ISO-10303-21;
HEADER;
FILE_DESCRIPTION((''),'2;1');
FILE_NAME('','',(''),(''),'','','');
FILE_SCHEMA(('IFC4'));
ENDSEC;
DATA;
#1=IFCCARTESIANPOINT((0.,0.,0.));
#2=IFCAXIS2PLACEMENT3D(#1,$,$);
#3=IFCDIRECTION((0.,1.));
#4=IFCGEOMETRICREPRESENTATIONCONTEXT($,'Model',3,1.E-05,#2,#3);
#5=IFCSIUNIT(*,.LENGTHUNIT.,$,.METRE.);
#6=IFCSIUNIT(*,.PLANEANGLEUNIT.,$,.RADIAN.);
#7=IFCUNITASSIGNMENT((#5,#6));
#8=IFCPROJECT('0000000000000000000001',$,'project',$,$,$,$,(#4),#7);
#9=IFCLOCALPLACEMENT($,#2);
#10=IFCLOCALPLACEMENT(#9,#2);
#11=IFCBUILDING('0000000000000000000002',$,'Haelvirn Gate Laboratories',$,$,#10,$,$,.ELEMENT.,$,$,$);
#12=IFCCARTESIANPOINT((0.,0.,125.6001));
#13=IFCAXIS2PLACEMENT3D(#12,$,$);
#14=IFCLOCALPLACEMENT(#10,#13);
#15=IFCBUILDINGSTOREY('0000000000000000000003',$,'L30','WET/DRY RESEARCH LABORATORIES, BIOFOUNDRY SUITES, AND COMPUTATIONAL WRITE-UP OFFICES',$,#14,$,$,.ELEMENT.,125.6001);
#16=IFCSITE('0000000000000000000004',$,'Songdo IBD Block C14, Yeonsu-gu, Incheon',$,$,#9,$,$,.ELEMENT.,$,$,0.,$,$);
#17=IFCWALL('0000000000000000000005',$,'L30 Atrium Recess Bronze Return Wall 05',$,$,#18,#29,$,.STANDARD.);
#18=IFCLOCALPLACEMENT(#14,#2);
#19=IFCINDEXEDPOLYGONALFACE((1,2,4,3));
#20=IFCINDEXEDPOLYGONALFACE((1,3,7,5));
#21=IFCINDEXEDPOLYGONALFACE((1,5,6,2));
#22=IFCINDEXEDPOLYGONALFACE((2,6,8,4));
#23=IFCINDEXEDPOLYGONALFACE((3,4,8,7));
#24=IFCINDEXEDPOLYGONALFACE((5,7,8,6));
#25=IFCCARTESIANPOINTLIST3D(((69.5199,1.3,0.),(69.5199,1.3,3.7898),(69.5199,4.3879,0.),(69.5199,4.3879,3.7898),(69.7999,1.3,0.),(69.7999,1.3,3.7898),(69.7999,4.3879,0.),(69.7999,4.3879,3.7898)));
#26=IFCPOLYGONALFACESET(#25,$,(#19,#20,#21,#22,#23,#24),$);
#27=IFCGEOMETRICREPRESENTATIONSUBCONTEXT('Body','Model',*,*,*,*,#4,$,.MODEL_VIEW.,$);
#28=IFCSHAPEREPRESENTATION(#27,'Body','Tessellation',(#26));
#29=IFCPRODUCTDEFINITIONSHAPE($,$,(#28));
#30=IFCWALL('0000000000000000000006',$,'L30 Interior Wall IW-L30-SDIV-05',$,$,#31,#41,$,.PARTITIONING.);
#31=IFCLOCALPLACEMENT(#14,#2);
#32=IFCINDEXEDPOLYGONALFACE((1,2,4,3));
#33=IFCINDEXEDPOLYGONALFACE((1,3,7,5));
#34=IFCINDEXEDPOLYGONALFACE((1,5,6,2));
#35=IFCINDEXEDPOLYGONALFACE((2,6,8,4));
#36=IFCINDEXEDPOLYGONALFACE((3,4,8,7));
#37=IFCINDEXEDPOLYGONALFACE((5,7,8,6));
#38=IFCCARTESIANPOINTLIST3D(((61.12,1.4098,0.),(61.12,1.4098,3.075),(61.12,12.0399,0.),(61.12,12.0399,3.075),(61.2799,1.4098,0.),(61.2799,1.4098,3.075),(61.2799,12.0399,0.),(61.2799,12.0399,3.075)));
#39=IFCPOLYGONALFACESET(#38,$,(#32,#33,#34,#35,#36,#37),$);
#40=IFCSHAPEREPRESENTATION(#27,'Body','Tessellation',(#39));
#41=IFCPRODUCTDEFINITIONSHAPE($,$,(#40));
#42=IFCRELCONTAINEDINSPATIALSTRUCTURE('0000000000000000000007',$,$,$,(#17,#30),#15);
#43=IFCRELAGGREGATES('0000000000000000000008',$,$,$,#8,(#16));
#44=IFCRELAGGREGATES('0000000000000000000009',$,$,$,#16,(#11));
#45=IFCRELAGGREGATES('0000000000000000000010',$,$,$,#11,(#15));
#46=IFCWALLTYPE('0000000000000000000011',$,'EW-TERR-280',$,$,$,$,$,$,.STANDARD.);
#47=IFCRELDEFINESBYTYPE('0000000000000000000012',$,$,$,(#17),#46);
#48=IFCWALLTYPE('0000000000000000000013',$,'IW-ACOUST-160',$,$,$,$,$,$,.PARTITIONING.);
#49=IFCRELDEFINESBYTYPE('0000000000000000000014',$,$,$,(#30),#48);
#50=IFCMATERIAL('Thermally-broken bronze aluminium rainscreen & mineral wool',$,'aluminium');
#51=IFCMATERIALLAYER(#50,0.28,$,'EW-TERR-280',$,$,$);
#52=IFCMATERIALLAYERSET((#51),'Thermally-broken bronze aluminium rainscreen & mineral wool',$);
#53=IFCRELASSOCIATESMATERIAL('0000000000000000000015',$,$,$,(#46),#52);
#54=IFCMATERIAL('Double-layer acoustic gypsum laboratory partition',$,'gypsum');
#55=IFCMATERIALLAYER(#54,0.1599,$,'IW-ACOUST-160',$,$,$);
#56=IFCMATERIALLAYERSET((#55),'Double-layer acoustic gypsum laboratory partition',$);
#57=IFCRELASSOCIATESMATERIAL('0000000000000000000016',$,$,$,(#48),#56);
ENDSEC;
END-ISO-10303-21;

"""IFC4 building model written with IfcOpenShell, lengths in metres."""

from ifc_helpers import new_model, si_unit, direction, frame, frame_2d, origin, place, context, subcontext, project, spatial, rectangle, extrude, material, layer, layer_set, type_object, element, save


model = new_model("IFC4")

# Units and contexts
model_context = context("Model", 3, precision=1e-05, world=origin(), true_north=direction((0.0, 1.0)))
body_context = subcontext(model_context, "Body", "Model", "MODEL_VIEW")
ifc_project = project(units=[si_unit("LENGTHUNIT", "METRE"), si_unit("PLANEANGLEUNIT", "RADIAN")], contexts=[model_context])

# Site, building, storey
site_placement = place(None, origin())
site = spatial("IfcSite", under=ifc_project, at=site_placement, Name="Songdo IBD Block C14, Yeonsu-gu, Incheon", CompositionType="ELEMENT", RefElevation=0.0)
building_placement = place(site_placement, origin())
building = spatial("IfcBuilding", under=site, at=building_placement, Name="Haelvirn Gate Laboratories", CompositionType="ELEMENT")
storey_placement = place(building_placement, frame((0.0, 0.0, 125.6001)))
storey = spatial("IfcBuildingStorey", under=building, at=storey_placement, Name="L30", Description="WET/DRY RESEARCH LABORATORIES, BIOFOUNDRY SUITES, AND COMPUTATIONAL WRITE-UP OFFICES", CompositionType="ELEMENT", Elevation=125.6001)

# Walls
ifc_material_1 = material(Name="Thermally-broken bronze aluminium rainscreen & mineral wool", Category="aluminium")
ifc_layer_1 = layer(ifc_material_1, 0.28, Name="EW-TERR-280")
ifc_layer_set_1 = layer_set([ifc_layer_1], Name="Thermally-broken bronze aluminium rainscreen & mineral wool")
wall_type_1 = type_object("IfcWallType", Name="EW-TERR-280", PredefinedType="STANDARD", material=ifc_layer_set_1)
wall_1_placement = place(storey_placement, frame((69.6599, 1.3, 0.0), z_axis=(0.0, 0.0, 1.0), x_axis=(0.0, 1.0, 0.0)))
element("IfcWall", 1, at=wall_1_placement, inside=storey, type_object=wall_type_1, Name="L30 Atrium Recess Bronze Return Wall 05", PredefinedType="STANDARD", context=body_context, shape_type="SweptSolid", body=[
    extrude(rectangle(XDim=3.0879, YDim=0.28, at=frame_2d((1.5439, 0.0))), origin(), (0.0, 0.0, 1.0), 3.7898),
])
ifc_material_2 = material(Name="Double-layer acoustic gypsum laboratory partition", Category="gypsum")
ifc_layer_2 = layer(ifc_material_2, 0.1599, Name="IW-ACOUST-160")
ifc_layer_set_2 = layer_set([ifc_layer_2], Name="Double-layer acoustic gypsum laboratory partition")
wall_type_2 = type_object("IfcWallType", Name="IW-ACOUST-160", PredefinedType="PARTITIONING", material=ifc_layer_set_2)
wall_2_placement = place(storey_placement, frame((61.2, 1.4099, 0.0), z_axis=(0.0, 0.0, 1.0), x_axis=(0.0, 1.0, 0.0)))
element("IfcWall", 2, at=wall_2_placement, inside=storey, type_object=wall_type_2, Name="L30 Interior Wall IW-L30-SDIV-05", PredefinedType="PARTITIONING", context=body_context, shape_type="SweptSolid", body=[
    extrude(rectangle(XDim=10.6301, YDim=0.1599, at=frame_2d((5.3149, 0.0))), origin(), (0.0, 0.0, 1.0), 3.075),
])

save(model, "model.ifc")
